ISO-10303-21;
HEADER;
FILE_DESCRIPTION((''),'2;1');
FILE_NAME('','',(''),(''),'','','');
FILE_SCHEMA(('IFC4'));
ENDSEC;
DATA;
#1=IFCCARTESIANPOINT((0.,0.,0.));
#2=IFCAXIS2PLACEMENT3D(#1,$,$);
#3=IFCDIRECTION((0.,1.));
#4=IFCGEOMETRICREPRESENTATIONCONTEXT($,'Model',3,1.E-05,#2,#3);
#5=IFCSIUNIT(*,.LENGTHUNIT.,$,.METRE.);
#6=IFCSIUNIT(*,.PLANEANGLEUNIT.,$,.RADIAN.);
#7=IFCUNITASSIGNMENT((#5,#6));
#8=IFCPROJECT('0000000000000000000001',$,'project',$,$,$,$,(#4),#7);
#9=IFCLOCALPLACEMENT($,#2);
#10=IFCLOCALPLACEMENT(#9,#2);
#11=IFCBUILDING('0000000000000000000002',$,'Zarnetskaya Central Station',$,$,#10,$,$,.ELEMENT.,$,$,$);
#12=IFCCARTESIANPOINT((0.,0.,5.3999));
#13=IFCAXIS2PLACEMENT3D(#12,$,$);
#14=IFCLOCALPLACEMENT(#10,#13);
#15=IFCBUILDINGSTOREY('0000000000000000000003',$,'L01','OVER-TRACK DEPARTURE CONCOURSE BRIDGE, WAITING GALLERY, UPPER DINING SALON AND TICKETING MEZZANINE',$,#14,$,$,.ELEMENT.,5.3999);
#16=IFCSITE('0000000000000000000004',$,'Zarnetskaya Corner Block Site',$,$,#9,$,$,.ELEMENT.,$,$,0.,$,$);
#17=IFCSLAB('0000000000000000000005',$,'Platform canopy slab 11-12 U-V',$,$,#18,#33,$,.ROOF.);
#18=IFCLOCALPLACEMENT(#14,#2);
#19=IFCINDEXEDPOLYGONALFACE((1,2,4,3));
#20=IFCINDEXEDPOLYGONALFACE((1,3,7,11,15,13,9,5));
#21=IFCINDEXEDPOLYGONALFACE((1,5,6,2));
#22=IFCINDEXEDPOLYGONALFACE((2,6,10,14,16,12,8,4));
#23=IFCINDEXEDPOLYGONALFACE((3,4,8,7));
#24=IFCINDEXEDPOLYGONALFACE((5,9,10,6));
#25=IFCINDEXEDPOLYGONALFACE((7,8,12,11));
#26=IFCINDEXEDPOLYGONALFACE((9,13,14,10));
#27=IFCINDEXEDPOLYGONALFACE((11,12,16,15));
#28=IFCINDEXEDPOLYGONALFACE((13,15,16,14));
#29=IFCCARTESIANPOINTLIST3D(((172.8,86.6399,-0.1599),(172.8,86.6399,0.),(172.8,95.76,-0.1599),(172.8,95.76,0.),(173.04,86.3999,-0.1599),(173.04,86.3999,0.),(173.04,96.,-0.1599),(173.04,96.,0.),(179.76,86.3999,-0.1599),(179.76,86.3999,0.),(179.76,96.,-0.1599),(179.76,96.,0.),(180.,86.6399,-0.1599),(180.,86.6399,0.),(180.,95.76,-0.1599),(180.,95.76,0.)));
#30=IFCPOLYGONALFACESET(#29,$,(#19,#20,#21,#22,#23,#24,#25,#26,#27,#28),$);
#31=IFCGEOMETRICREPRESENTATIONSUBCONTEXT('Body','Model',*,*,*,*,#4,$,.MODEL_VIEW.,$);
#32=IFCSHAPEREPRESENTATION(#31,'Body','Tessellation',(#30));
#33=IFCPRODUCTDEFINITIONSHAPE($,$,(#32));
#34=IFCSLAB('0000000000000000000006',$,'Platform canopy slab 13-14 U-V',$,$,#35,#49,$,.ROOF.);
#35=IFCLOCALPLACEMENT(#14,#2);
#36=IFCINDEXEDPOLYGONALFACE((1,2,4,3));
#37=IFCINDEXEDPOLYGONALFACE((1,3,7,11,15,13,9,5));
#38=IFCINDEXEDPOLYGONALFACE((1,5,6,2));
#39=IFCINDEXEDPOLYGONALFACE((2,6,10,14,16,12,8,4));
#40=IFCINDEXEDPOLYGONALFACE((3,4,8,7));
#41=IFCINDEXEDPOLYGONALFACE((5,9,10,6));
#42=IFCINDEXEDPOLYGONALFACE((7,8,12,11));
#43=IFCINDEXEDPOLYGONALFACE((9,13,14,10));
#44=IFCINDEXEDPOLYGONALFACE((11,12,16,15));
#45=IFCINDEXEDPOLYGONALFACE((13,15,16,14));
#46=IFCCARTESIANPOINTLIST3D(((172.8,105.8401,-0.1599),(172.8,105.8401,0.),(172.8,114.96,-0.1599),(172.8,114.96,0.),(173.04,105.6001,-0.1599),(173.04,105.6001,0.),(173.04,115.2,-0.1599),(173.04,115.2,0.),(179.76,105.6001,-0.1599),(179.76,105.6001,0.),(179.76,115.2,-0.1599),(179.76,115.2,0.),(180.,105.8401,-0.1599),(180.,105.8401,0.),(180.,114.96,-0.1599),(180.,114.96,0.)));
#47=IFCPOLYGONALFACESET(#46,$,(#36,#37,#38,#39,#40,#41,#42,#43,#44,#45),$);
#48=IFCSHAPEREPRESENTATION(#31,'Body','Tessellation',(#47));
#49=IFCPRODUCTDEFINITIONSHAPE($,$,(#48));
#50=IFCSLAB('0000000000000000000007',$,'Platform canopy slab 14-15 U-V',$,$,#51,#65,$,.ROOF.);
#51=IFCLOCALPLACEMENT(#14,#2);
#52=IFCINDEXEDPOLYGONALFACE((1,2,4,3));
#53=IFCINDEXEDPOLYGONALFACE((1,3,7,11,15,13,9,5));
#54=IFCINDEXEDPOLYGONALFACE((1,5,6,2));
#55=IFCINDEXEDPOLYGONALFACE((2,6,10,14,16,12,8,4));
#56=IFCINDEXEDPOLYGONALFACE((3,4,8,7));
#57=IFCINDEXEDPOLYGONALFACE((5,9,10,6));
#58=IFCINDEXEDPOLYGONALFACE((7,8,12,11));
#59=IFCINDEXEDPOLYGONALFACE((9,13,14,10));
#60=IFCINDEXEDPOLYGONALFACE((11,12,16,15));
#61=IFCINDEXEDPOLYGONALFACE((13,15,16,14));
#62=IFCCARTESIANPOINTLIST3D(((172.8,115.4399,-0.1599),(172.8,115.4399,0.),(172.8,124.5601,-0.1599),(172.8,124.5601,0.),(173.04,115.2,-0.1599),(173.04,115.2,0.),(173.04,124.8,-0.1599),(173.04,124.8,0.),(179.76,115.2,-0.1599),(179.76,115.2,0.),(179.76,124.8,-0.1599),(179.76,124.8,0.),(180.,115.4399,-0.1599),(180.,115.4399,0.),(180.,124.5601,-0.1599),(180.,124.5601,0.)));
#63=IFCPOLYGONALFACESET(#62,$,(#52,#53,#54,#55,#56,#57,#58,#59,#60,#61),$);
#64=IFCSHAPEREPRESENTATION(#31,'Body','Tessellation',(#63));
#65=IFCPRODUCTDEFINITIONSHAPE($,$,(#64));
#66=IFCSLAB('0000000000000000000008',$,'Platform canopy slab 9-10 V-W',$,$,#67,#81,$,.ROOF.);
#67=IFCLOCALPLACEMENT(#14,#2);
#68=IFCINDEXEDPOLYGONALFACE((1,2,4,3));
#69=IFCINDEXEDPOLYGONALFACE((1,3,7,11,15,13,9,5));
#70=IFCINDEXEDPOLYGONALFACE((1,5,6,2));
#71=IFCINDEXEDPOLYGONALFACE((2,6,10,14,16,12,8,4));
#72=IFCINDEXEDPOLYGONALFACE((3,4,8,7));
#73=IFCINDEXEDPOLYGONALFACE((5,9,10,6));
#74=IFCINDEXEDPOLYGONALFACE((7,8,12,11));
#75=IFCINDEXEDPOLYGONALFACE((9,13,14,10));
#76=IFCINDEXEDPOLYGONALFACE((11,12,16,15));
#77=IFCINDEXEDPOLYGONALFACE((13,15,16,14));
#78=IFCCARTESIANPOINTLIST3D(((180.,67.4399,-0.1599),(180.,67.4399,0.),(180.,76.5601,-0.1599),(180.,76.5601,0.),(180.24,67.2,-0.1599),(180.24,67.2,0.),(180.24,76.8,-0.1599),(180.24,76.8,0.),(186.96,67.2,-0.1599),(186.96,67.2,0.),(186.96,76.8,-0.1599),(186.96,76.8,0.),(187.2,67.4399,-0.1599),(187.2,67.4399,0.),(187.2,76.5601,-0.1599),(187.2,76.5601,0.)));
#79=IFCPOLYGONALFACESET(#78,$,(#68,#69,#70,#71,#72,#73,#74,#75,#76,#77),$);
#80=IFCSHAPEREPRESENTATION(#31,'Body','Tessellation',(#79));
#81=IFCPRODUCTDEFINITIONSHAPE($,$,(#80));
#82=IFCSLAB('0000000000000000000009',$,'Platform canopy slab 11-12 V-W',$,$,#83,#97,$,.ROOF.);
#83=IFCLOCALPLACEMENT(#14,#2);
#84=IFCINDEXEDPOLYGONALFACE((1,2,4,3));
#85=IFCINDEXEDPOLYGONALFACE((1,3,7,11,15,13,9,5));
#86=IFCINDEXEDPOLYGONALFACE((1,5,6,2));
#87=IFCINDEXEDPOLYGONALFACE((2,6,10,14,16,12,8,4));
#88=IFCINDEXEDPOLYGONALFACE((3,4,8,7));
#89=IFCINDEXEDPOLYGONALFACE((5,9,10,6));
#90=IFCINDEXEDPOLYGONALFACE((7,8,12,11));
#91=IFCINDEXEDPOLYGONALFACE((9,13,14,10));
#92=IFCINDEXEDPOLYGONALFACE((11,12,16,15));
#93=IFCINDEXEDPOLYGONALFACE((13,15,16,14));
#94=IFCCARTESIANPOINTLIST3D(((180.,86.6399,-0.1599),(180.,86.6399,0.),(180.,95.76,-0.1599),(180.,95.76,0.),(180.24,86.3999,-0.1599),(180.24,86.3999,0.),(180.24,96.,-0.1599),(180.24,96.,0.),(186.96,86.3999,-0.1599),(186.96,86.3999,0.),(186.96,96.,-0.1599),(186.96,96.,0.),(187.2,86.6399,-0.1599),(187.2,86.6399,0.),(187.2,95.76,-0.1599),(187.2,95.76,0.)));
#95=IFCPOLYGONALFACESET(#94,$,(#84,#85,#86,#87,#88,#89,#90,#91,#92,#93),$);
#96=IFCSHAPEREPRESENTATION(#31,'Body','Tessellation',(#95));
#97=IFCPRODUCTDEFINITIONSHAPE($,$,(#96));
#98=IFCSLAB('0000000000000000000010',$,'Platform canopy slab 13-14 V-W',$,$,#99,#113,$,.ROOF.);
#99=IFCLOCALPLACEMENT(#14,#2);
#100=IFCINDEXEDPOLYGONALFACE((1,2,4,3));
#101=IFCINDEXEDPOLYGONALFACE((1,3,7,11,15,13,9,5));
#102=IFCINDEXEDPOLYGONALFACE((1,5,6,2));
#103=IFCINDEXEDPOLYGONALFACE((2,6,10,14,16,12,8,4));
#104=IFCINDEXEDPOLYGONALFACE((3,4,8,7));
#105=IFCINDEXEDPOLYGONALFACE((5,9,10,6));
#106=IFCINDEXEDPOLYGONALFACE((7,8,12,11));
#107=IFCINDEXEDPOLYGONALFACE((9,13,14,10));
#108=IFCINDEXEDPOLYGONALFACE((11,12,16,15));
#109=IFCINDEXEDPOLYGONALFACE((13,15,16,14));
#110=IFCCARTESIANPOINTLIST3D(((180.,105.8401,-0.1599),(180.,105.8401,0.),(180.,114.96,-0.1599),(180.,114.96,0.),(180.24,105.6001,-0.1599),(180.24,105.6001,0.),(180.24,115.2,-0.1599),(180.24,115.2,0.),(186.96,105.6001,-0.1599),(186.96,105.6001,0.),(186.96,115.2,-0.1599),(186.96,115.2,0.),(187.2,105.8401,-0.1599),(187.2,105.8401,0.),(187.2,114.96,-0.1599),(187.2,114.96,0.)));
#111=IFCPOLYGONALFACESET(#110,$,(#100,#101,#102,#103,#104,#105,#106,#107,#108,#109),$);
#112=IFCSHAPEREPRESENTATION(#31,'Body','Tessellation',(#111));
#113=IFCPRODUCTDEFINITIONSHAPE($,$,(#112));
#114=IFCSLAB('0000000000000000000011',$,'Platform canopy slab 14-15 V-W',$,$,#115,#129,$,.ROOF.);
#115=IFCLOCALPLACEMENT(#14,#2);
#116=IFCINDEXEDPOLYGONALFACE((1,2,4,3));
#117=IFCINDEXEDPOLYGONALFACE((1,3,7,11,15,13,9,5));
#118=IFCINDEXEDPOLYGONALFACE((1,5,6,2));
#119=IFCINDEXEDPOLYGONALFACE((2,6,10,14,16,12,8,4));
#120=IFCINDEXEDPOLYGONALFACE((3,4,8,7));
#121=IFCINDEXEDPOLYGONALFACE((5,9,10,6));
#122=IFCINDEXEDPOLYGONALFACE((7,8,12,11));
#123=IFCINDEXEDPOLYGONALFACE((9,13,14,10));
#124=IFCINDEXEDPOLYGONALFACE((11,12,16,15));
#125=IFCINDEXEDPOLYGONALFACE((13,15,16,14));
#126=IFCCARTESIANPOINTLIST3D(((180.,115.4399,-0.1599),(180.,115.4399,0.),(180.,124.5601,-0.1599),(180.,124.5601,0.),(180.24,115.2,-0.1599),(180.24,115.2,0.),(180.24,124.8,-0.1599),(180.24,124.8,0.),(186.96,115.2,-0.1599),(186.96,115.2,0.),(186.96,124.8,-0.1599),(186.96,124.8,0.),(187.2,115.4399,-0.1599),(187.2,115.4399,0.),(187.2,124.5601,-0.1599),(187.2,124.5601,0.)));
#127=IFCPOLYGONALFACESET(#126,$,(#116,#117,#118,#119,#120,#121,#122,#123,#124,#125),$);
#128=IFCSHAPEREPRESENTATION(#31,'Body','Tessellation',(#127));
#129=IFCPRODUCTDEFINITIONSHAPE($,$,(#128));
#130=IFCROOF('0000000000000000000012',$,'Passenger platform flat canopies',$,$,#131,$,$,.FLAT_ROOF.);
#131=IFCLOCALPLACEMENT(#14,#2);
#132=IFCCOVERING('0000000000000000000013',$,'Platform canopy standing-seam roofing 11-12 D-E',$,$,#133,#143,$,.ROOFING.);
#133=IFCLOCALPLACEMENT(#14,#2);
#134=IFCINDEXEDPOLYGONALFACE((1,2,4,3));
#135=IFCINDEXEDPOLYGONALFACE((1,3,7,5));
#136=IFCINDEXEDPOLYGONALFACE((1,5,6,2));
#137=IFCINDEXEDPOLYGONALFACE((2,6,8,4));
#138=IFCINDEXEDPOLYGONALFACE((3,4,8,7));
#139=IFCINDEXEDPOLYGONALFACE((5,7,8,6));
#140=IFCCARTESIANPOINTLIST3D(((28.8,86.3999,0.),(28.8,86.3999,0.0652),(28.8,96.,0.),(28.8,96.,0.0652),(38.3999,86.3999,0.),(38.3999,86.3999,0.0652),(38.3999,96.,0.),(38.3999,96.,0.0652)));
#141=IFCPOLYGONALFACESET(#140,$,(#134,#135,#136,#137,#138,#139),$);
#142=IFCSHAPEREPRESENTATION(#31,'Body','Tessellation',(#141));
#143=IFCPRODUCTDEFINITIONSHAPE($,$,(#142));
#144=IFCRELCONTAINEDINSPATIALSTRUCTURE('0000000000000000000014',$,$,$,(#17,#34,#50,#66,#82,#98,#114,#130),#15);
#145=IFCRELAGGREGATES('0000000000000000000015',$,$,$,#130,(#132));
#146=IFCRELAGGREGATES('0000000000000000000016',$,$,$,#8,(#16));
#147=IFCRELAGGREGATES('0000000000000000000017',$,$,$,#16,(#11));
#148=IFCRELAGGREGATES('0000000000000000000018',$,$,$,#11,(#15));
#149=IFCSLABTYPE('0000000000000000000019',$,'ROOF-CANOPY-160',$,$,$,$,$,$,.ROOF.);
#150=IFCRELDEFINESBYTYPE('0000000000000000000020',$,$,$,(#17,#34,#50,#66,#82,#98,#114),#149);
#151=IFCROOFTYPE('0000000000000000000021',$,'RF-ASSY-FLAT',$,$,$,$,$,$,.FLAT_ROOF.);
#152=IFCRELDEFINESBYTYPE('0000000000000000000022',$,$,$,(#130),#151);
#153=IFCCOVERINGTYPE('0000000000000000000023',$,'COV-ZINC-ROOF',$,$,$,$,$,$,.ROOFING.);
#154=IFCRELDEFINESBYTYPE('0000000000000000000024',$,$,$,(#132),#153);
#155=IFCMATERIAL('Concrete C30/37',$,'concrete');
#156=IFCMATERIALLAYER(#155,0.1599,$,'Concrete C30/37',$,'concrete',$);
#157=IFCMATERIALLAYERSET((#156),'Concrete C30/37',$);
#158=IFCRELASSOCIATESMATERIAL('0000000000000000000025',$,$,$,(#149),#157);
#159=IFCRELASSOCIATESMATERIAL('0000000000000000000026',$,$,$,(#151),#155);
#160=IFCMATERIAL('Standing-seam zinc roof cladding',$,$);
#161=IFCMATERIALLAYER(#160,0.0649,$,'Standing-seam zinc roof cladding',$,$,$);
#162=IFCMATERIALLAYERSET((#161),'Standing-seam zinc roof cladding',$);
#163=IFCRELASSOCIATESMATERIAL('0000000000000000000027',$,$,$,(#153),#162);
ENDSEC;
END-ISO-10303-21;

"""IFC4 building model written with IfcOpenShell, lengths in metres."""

from ifc_helpers import new_model, si_unit, direction, frame, origin, place, context, subcontext, project, spatial, polyline, outline, extrude, material, layer, layer_set, type_object, element, aggregate, save


model = new_model("IFC4")

# Units and contexts
model_context = context("Model", 3, precision=1e-05, world=origin(), true_north=direction((0.0, 1.0)))
body_context = subcontext(model_context, "Body", "Model", "MODEL_VIEW")
ifc_project = project(units=[si_unit("LENGTHUNIT", "METRE"), si_unit("PLANEANGLEUNIT", "RADIAN")], contexts=[model_context])

# Site, building, storey
site_placement = place(None, origin())
site = spatial("IfcSite", under=ifc_project, at=site_placement, Name="Zarnetskaya Corner Block Site", CompositionType="ELEMENT", RefElevation=0.0)
building_placement = place(site_placement, origin())
building = spatial("IfcBuilding", under=site, at=building_placement, Name="Zarnetskaya Central Station", CompositionType="ELEMENT")
storey_placement = place(building_placement, frame((0.0, 0.0, 5.3999)))
storey = spatial("IfcBuildingStorey", under=building, at=storey_placement, Name="L01", Description="OVER-TRACK DEPARTURE CONCOURSE BRIDGE, WAITING GALLERY, UPPER DINING SALON AND TICKETING MEZZANINE", CompositionType="ELEMENT", Elevation=5.3999)

# Slabs
ifc_material_1 = material(Name="Concrete C30/37", Category="concrete")
ifc_layer_1 = layer(ifc_material_1, 0.1599, Name="Concrete C30/37", Category="concrete")
ifc_layer_set_1 = layer_set([ifc_layer_1], Name="Concrete C30/37")
slab_type = type_object("IfcSlabType", Name="ROOF-CANOPY-160", PredefinedType="ROOF", material=ifc_layer_set_1)
slab_1_placement = place(storey_placement, frame((0.0, 0.0, -0.1599)))
element("IfcSlab", 1, at=slab_1_placement, inside=storey, type_object=slab_type, Name="Platform canopy slab 11-12 U-V", PredefinedType="ROOF", context=body_context, shape_type="SweptSolid", body=[
    extrude(outline(polyline([(173.04, 86.3999), (179.76, 86.3999), (180.0, 86.6399), (180.0, 95.76), (179.76, 96.0), (173.04, 96.0), (172.8, 95.76), (172.8, 86.6399), (173.04, 86.3999)])), origin(), (0.0, 0.0, 1.0), 0.1599),
])
slab_2_placement = place(storey_placement, frame((0.0, 0.0, -0.1599)))
element("IfcSlab", 2, at=slab_2_placement, inside=storey, type_object=slab_type, Name="Platform canopy slab 13-14 U-V", PredefinedType="ROOF", context=body_context, shape_type="SweptSolid", body=[
    extrude(outline(polyline([(173.04, 105.6001), (179.76, 105.6001), (180.0, 105.8401), (180.0, 114.96), (179.76, 115.2), (173.04, 115.2), (172.8, 114.96), (172.8, 105.8401), (173.04, 105.6001)])), origin(), (0.0, 0.0, 1.0), 0.1599),
])
slab_3_placement = place(storey_placement, frame((0.0, 0.0, -0.1599)))
element("IfcSlab", 3, at=slab_3_placement, inside=storey, type_object=slab_type, Name="Platform canopy slab 14-15 U-V", PredefinedType="ROOF", context=body_context, shape_type="SweptSolid", body=[
    extrude(outline(polyline([(173.04, 115.2), (179.76, 115.2), (180.0, 115.4399), (180.0, 124.5601), (179.76, 124.8), (173.04, 124.8), (172.8, 124.5601), (172.8, 115.4399), (173.04, 115.2)])), origin(), (0.0, 0.0, 1.0), 0.1599),
])
slab_4_placement = place(storey_placement, frame((0.0, 0.0, -0.1599)))
element("IfcSlab", 4, at=slab_4_placement, inside=storey, type_object=slab_type, Name="Platform canopy slab 9-10 V-W", PredefinedType="ROOF", context=body_context, shape_type="SweptSolid", body=[
    extrude(outline(polyline([(180.24, 67.2), (186.96, 67.2), (187.2, 67.4399), (187.2, 76.5601), (186.96, 76.8), (180.24, 76.8), (180.0, 76.5601), (180.0, 67.4399), (180.24, 67.2)])), origin(), (0.0, 0.0, 1.0), 0.1599),
])
slab_5_placement = place(storey_placement, frame((0.0, 0.0, -0.1599)))
element("IfcSlab", 5, at=slab_5_placement, inside=storey, type_object=slab_type, Name="Platform canopy slab 11-12 V-W", PredefinedType="ROOF", context=body_context, shape_type="SweptSolid", body=[
    extrude(outline(polyline([(180.24, 86.3999), (186.96, 86.3999), (187.2, 86.6399), (187.2, 95.76), (186.96, 96.0), (180.24, 96.0), (180.0, 95.76), (180.0, 86.6399), (180.24, 86.3999)])), origin(), (0.0, 0.0, 1.0), 0.1599),
])
slab_6_placement = place(storey_placement, frame((0.0, 0.0, -0.1599)))
element("IfcSlab", 6, at=slab_6_placement, inside=storey, type_object=slab_type, Name="Platform canopy slab 13-14 V-W", PredefinedType="ROOF", context=body_context, shape_type="SweptSolid", body=[
    extrude(outline(polyline([(180.24, 105.6001), (186.96, 105.6001), (187.2, 105.8401), (187.2, 114.96), (186.96, 115.2), (180.24, 115.2), (180.0, 114.96), (180.0, 105.8401), (180.24, 105.6001)])), origin(), (0.0, 0.0, 1.0), 0.1599),
])
slab_7_placement = place(storey_placement, frame((0.0, 0.0, -0.1599)))
element("IfcSlab", 7, at=slab_7_placement, inside=storey, type_object=slab_type, Name="Platform canopy slab 14-15 V-W", PredefinedType="ROOF", context=body_context, shape_type="SweptSolid", body=[
    extrude(outline(polyline([(180.24, 115.2), (186.96, 115.2), (187.2, 115.4399), (187.2, 124.5601), (186.96, 124.8), (180.24, 124.8), (180.0, 124.5601), (180.0, 115.4399), (180.24, 115.2)])), origin(), (0.0, 0.0, 1.0), 0.1599),
])

# Roof, covering
roof_type = type_object("IfcRoofType", Name="RF-ASSY-FLAT", PredefinedType="FLAT_ROOF", material=ifc_material_1)
roof_placement = place(storey_placement, origin())
roof = element("IfcRoof", 8, at=roof_placement, inside=storey, type_object=roof_type, Name="Passenger platform flat canopies", PredefinedType="FLAT_ROOF")
ifc_material_2 = material(Name="Standing-seam zinc roof cladding")
ifc_layer_2 = layer(ifc_material_2, 0.0649, Name="Standing-seam zinc roof cladding")
ifc_layer_set_2 = layer_set([ifc_layer_2], Name="Standing-seam zinc roof cladding")
covering_type = type_object("IfcCoveringType", Name="COV-ZINC-ROOF", PredefinedType="ROOFING", material=ifc_layer_set_2)
covering_placement = place(storey_placement, origin())
covering = element("IfcCovering", 9, at=covering_placement, type_object=covering_type, Name="Platform canopy standing-seam roofing 11-12 D-E", PredefinedType="ROOFING", context=body_context, shape_type="SweptSolid", body=[
    extrude(outline(polyline([(28.8, 86.3999), (38.3999, 86.3999), (38.3999, 96.0), (28.8, 96.0), (28.8, 86.3999)])), origin(), (0.0, 0.0, 1.0), 0.0652),
])
aggregate(roof, [covering])

save(model, "model.ifc")
